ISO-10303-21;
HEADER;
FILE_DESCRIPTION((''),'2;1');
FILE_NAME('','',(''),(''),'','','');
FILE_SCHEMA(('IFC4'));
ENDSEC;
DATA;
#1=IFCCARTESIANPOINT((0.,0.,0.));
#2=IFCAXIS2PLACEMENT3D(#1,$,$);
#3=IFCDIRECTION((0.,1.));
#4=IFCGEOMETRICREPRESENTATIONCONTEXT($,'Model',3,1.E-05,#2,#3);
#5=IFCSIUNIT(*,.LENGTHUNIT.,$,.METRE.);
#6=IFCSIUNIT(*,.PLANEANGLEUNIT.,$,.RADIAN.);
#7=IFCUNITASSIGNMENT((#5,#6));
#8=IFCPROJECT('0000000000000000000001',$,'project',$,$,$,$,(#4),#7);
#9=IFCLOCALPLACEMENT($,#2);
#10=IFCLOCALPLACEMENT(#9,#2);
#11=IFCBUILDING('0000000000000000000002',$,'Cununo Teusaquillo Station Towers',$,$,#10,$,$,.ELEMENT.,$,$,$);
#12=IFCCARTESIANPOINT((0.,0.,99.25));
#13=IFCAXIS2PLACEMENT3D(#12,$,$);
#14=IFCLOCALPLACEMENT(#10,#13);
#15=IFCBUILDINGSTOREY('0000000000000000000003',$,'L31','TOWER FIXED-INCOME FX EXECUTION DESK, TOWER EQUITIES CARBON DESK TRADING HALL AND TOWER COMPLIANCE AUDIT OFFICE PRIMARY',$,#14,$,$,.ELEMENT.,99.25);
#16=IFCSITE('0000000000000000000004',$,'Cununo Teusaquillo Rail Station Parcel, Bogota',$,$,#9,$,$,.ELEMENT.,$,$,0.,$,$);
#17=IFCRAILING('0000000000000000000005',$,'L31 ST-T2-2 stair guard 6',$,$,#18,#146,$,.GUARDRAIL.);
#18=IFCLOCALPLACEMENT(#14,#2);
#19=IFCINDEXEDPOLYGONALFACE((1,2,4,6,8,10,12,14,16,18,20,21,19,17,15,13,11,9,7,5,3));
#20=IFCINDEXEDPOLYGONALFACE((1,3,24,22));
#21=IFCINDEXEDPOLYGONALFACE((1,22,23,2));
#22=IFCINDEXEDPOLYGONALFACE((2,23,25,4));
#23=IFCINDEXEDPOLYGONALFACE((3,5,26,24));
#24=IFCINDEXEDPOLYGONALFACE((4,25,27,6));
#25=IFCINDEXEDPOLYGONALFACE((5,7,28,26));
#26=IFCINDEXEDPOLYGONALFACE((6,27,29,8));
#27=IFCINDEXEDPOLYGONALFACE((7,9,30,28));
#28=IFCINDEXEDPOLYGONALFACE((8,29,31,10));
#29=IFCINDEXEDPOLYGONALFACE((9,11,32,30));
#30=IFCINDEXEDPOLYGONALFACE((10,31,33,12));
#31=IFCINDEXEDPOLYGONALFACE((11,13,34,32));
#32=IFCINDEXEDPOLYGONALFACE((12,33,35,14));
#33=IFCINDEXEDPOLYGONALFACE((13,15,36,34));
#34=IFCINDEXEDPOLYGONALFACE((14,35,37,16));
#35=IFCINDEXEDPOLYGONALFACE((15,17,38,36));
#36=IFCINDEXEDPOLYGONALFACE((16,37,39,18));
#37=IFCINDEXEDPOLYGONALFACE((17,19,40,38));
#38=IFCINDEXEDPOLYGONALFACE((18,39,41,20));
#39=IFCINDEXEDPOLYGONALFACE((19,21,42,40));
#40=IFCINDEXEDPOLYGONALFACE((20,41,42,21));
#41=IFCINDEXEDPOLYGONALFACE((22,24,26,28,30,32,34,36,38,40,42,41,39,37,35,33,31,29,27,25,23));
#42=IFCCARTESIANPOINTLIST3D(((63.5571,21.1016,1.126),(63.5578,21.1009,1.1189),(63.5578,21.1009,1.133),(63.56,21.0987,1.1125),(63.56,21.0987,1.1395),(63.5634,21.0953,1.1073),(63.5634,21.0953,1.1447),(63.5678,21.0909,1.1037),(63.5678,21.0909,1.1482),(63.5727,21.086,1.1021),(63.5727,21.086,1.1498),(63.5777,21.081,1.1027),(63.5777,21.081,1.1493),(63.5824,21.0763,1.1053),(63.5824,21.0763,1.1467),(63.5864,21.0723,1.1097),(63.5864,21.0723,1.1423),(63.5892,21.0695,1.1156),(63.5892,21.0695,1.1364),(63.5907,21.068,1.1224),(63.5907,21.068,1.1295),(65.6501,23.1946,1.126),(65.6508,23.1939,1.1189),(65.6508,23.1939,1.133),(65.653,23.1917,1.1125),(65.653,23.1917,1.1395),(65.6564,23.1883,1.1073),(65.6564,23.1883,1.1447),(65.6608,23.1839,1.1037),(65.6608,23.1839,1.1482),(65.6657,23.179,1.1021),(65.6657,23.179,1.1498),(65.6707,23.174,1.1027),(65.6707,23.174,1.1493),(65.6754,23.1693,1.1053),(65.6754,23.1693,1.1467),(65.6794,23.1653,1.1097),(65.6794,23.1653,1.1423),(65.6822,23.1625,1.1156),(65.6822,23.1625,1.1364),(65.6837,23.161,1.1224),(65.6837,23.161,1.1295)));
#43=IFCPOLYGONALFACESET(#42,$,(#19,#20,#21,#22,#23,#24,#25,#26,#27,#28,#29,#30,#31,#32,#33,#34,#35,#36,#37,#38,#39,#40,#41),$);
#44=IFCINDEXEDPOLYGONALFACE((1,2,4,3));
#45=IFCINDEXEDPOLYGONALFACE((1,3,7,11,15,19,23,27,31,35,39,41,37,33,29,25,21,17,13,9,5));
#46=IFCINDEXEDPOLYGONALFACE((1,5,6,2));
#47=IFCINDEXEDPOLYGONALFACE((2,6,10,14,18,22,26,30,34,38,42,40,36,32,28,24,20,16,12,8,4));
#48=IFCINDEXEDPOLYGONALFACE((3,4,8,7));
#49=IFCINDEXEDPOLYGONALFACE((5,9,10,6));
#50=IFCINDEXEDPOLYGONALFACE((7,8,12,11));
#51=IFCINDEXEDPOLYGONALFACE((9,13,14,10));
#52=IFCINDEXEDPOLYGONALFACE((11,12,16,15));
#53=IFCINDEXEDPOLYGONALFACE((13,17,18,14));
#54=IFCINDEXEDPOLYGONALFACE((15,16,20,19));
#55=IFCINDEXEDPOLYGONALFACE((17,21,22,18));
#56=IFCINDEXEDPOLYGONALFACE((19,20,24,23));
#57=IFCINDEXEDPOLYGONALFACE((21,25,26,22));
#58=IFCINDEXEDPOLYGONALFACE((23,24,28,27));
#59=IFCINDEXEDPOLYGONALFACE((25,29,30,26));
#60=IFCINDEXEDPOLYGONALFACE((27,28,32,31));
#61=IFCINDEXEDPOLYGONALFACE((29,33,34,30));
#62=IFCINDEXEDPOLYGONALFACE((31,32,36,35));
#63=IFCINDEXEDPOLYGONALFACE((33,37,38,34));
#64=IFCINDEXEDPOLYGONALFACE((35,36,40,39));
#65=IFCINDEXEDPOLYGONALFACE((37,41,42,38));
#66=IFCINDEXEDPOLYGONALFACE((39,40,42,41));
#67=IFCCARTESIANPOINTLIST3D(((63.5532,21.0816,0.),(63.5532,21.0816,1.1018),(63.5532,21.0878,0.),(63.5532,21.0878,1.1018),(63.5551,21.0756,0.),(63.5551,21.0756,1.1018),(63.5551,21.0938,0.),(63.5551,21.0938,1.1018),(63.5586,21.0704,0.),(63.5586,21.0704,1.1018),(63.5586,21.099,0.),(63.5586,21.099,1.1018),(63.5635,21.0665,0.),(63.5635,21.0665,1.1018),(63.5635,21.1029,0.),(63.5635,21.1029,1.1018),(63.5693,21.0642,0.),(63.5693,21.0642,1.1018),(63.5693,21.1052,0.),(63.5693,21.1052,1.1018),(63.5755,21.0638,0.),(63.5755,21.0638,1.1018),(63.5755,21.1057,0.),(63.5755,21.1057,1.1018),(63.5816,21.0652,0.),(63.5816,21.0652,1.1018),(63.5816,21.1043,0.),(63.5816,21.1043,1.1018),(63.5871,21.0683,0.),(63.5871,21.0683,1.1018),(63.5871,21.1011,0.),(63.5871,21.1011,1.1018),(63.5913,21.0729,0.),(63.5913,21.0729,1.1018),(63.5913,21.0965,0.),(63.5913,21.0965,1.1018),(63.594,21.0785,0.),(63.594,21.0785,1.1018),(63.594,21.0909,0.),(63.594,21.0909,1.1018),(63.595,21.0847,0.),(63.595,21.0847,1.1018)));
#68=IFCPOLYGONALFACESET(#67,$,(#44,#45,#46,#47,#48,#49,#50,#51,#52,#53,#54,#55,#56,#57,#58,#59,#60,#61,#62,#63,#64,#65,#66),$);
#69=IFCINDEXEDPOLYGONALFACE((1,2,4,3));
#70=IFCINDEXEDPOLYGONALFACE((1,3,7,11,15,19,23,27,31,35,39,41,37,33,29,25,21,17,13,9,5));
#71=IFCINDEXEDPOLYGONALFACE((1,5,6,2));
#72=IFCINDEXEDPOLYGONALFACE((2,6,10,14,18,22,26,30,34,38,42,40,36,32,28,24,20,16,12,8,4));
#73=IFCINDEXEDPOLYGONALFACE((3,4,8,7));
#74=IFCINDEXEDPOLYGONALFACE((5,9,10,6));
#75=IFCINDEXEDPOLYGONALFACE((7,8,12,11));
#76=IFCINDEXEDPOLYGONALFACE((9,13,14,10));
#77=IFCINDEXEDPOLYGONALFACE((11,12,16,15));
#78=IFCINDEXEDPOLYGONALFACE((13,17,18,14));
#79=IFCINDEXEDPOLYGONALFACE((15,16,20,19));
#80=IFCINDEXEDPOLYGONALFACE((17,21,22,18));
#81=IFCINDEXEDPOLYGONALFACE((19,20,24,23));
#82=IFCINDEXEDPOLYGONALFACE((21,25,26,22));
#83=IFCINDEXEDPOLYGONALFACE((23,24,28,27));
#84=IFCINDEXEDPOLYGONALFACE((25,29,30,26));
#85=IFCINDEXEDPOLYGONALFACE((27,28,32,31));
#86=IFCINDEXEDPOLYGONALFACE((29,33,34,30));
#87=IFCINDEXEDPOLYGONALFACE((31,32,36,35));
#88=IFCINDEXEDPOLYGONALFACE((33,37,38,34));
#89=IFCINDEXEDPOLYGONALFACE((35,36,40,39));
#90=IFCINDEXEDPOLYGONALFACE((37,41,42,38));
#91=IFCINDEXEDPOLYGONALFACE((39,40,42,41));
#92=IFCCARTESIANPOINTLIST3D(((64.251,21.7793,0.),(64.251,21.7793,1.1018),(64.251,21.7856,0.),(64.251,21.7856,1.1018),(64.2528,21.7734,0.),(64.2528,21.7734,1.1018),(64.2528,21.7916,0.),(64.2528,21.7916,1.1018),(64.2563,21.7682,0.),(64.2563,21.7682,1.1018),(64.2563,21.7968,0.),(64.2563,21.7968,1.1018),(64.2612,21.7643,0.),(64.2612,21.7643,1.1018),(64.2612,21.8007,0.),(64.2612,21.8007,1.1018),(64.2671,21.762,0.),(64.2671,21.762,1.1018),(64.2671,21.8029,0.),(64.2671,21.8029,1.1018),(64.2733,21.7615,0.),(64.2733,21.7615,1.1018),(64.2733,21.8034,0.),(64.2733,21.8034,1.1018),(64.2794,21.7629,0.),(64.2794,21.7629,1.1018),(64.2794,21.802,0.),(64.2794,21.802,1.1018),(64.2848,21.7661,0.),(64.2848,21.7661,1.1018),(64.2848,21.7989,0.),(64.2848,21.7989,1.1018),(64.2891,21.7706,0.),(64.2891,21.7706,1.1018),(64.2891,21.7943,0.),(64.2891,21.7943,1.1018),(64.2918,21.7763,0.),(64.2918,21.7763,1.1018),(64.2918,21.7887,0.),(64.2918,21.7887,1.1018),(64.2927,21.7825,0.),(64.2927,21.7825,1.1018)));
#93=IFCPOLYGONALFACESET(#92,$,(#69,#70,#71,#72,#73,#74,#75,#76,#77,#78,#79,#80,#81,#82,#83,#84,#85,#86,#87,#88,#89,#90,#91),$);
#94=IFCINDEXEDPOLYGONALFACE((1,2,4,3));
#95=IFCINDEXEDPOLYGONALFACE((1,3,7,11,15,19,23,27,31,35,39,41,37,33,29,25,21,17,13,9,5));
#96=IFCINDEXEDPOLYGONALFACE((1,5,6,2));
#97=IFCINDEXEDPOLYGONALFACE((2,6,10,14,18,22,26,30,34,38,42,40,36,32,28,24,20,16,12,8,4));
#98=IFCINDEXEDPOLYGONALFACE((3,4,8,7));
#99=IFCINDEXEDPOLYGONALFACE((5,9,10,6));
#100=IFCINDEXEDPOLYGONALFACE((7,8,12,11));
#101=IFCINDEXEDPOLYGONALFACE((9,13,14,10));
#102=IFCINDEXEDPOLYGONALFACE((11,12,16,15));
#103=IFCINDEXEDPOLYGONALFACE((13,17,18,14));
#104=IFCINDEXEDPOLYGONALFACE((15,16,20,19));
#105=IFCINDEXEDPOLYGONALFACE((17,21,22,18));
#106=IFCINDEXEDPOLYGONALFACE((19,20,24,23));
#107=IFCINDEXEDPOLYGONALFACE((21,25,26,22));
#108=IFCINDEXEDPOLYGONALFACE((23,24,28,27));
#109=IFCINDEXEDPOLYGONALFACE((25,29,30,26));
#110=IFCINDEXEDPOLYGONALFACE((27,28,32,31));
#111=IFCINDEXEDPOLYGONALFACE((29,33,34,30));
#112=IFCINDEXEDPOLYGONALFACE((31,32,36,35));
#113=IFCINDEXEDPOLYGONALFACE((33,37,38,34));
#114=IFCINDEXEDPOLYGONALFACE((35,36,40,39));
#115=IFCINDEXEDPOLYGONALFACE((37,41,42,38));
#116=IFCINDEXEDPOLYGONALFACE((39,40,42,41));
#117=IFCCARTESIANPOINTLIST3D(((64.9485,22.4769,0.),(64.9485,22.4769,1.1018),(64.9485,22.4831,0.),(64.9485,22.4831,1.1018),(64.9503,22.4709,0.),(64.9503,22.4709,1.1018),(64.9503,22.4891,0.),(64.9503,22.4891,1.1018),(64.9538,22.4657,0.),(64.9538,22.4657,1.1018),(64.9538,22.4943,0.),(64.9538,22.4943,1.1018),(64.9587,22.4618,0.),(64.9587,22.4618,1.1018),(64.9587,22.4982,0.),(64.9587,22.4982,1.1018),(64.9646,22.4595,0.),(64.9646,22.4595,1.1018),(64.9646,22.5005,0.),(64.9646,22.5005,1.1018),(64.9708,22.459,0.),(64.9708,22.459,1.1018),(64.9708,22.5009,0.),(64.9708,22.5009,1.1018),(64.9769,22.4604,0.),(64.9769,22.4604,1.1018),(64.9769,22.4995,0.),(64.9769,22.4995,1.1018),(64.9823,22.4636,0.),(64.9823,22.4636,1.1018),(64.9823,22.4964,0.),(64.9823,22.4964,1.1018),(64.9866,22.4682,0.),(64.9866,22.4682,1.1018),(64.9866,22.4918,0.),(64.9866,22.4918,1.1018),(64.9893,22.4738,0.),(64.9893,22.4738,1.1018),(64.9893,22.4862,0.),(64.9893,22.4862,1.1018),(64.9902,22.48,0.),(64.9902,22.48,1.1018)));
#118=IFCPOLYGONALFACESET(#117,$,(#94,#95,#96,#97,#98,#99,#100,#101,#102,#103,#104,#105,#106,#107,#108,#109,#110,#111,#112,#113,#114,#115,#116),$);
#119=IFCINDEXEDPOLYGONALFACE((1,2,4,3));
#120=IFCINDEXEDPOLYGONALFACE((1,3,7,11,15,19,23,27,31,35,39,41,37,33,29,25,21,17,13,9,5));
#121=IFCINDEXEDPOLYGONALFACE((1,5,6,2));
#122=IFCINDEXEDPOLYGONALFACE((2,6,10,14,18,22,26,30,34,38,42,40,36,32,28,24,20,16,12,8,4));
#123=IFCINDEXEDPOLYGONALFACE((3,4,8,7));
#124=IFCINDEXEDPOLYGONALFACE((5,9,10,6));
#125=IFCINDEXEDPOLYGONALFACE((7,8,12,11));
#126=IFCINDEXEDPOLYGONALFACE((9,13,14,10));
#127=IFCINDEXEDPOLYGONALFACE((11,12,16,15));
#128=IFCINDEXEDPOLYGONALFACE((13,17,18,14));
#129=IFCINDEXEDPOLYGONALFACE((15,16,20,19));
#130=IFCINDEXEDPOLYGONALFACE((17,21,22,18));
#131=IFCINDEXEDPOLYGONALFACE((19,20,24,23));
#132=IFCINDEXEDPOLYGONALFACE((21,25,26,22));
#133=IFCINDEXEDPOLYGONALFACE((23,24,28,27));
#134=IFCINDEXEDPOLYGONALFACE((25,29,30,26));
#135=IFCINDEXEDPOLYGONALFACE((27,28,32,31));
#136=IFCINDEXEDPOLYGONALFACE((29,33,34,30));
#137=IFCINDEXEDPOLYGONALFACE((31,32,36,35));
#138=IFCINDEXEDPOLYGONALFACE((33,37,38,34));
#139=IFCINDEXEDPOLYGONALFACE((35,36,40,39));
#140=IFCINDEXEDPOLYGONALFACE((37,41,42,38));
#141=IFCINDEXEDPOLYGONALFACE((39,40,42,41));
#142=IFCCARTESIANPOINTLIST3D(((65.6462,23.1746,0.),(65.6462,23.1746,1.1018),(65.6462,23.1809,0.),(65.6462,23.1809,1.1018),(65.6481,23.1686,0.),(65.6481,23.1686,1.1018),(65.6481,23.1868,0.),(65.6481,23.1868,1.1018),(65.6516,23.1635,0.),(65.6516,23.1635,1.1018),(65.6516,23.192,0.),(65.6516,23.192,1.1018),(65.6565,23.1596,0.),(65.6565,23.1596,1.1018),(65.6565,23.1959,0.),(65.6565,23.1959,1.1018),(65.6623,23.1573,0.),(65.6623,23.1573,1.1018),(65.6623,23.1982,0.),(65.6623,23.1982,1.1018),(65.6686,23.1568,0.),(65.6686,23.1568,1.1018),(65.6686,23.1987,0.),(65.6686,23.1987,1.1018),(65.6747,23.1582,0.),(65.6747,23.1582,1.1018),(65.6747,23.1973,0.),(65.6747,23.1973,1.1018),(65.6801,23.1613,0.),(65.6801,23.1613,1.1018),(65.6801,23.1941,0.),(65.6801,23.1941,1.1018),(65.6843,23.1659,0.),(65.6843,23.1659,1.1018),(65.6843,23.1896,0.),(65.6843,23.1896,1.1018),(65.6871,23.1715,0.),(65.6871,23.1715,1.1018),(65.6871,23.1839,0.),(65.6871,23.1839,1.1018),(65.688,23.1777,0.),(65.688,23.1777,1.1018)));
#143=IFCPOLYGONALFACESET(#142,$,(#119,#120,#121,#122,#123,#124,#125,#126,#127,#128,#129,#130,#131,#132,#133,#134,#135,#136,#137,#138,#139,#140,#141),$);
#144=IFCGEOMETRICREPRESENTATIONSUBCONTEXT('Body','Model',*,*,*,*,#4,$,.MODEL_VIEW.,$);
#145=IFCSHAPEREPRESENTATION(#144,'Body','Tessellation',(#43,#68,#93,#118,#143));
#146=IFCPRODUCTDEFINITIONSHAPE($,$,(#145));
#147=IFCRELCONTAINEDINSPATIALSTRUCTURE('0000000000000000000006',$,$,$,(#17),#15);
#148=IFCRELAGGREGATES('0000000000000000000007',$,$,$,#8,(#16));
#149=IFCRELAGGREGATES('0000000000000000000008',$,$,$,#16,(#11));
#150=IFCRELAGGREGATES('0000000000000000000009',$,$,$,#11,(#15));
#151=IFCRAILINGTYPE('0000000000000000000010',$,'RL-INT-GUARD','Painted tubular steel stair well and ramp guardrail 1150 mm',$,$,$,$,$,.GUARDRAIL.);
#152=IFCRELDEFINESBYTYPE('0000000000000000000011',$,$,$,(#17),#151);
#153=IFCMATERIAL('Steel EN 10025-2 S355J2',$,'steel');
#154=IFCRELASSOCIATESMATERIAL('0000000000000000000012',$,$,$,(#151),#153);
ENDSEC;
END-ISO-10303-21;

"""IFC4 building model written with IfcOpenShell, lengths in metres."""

from ifc_helpers import new_model, si_unit, direction, frame, origin, origin_2d, place, context, subcontext, project, spatial, circle, extrude, material, type_object, element, save


model = new_model("IFC4")

# Units and contexts
model_context = context("Model", 3, precision=1e-05, world=origin(), true_north=direction((0.0, 1.0)))
body_context = subcontext(model_context, "Body", "Model", "MODEL_VIEW")
ifc_project = project(units=[si_unit("LENGTHUNIT", "METRE"), si_unit("PLANEANGLEUNIT", "RADIAN")], contexts=[model_context])

# Site, building, storey
site_placement = place(None, origin())
site = spatial("IfcSite", under=ifc_project, at=site_placement, Name="Cununo Teusaquillo Rail Station Parcel, Bogota", CompositionType="ELEMENT", RefElevation=0.0)
building_placement = place(site_placement, origin())
building = spatial("IfcBuilding", under=site, at=building_placement, Name="Cununo Teusaquillo Station Towers", CompositionType="ELEMENT")
storey_placement = place(building_placement, frame((0.0, 0.0, 99.25)))
storey = spatial("IfcBuildingStorey", under=building, at=storey_placement, Name="L31", Description="TOWER FIXED-INCOME FX EXECUTION DESK, TOWER EQUITIES CARBON DESK TRADING HALL AND TOWER COMPLIANCE AUDIT OFFICE PRIMARY", CompositionType="ELEMENT", Elevation=99.25)

# Railing
ifc_material_1 = material(Name="Steel EN 10025-2 S355J2", Category="steel")
railing_type = type_object("IfcRailingType", Name="RL-INT-GUARD", Description="Painted tubular steel stair well and ramp guardrail 1150 mm", PredefinedType="GUARDRAIL", material=ifc_material_1)
railing_1_placement = place(storey_placement, frame((63.574, 21.0847, 0.0)))
element("IfcRailing", 1, at=railing_1_placement, inside=storey, type_object=railing_type, Name="L31 ST-T2-2 stair guard 6", PredefinedType="GUARDRAIL", context=body_context, shape_type="SweptSolid", body=[
    extrude(circle(Radius=0.0239, at=origin_2d()), frame((0.0, 0.0, 1.126), z_axis=(0.707107, 0.707107, 0.0), x_axis=(-0.707107, 0.707107, 0.0)), (0.0, 0.0, 1.0), 2.96),
    extrude(circle(Radius=0.021, at=origin_2d()), origin(), (0.0, 0.0, 1.0), 1.1018),
    extrude(circle(Radius=0.021, at=origin_2d()), frame((0.6978, 0.6978, 0.0)), (0.0, 0.0, 1.0), 1.1018),
    extrude(circle(Radius=0.021, at=origin_2d()), frame((1.3953, 1.3953, 0.0)), (0.0, 0.0, 1.0), 1.1018),
    extrude(circle(Radius=0.021, at=origin_2d()), frame((2.093, 2.093, 0.0)), (0.0, 0.0, 1.0), 1.1018),
])

save(model, "model.ifc")
